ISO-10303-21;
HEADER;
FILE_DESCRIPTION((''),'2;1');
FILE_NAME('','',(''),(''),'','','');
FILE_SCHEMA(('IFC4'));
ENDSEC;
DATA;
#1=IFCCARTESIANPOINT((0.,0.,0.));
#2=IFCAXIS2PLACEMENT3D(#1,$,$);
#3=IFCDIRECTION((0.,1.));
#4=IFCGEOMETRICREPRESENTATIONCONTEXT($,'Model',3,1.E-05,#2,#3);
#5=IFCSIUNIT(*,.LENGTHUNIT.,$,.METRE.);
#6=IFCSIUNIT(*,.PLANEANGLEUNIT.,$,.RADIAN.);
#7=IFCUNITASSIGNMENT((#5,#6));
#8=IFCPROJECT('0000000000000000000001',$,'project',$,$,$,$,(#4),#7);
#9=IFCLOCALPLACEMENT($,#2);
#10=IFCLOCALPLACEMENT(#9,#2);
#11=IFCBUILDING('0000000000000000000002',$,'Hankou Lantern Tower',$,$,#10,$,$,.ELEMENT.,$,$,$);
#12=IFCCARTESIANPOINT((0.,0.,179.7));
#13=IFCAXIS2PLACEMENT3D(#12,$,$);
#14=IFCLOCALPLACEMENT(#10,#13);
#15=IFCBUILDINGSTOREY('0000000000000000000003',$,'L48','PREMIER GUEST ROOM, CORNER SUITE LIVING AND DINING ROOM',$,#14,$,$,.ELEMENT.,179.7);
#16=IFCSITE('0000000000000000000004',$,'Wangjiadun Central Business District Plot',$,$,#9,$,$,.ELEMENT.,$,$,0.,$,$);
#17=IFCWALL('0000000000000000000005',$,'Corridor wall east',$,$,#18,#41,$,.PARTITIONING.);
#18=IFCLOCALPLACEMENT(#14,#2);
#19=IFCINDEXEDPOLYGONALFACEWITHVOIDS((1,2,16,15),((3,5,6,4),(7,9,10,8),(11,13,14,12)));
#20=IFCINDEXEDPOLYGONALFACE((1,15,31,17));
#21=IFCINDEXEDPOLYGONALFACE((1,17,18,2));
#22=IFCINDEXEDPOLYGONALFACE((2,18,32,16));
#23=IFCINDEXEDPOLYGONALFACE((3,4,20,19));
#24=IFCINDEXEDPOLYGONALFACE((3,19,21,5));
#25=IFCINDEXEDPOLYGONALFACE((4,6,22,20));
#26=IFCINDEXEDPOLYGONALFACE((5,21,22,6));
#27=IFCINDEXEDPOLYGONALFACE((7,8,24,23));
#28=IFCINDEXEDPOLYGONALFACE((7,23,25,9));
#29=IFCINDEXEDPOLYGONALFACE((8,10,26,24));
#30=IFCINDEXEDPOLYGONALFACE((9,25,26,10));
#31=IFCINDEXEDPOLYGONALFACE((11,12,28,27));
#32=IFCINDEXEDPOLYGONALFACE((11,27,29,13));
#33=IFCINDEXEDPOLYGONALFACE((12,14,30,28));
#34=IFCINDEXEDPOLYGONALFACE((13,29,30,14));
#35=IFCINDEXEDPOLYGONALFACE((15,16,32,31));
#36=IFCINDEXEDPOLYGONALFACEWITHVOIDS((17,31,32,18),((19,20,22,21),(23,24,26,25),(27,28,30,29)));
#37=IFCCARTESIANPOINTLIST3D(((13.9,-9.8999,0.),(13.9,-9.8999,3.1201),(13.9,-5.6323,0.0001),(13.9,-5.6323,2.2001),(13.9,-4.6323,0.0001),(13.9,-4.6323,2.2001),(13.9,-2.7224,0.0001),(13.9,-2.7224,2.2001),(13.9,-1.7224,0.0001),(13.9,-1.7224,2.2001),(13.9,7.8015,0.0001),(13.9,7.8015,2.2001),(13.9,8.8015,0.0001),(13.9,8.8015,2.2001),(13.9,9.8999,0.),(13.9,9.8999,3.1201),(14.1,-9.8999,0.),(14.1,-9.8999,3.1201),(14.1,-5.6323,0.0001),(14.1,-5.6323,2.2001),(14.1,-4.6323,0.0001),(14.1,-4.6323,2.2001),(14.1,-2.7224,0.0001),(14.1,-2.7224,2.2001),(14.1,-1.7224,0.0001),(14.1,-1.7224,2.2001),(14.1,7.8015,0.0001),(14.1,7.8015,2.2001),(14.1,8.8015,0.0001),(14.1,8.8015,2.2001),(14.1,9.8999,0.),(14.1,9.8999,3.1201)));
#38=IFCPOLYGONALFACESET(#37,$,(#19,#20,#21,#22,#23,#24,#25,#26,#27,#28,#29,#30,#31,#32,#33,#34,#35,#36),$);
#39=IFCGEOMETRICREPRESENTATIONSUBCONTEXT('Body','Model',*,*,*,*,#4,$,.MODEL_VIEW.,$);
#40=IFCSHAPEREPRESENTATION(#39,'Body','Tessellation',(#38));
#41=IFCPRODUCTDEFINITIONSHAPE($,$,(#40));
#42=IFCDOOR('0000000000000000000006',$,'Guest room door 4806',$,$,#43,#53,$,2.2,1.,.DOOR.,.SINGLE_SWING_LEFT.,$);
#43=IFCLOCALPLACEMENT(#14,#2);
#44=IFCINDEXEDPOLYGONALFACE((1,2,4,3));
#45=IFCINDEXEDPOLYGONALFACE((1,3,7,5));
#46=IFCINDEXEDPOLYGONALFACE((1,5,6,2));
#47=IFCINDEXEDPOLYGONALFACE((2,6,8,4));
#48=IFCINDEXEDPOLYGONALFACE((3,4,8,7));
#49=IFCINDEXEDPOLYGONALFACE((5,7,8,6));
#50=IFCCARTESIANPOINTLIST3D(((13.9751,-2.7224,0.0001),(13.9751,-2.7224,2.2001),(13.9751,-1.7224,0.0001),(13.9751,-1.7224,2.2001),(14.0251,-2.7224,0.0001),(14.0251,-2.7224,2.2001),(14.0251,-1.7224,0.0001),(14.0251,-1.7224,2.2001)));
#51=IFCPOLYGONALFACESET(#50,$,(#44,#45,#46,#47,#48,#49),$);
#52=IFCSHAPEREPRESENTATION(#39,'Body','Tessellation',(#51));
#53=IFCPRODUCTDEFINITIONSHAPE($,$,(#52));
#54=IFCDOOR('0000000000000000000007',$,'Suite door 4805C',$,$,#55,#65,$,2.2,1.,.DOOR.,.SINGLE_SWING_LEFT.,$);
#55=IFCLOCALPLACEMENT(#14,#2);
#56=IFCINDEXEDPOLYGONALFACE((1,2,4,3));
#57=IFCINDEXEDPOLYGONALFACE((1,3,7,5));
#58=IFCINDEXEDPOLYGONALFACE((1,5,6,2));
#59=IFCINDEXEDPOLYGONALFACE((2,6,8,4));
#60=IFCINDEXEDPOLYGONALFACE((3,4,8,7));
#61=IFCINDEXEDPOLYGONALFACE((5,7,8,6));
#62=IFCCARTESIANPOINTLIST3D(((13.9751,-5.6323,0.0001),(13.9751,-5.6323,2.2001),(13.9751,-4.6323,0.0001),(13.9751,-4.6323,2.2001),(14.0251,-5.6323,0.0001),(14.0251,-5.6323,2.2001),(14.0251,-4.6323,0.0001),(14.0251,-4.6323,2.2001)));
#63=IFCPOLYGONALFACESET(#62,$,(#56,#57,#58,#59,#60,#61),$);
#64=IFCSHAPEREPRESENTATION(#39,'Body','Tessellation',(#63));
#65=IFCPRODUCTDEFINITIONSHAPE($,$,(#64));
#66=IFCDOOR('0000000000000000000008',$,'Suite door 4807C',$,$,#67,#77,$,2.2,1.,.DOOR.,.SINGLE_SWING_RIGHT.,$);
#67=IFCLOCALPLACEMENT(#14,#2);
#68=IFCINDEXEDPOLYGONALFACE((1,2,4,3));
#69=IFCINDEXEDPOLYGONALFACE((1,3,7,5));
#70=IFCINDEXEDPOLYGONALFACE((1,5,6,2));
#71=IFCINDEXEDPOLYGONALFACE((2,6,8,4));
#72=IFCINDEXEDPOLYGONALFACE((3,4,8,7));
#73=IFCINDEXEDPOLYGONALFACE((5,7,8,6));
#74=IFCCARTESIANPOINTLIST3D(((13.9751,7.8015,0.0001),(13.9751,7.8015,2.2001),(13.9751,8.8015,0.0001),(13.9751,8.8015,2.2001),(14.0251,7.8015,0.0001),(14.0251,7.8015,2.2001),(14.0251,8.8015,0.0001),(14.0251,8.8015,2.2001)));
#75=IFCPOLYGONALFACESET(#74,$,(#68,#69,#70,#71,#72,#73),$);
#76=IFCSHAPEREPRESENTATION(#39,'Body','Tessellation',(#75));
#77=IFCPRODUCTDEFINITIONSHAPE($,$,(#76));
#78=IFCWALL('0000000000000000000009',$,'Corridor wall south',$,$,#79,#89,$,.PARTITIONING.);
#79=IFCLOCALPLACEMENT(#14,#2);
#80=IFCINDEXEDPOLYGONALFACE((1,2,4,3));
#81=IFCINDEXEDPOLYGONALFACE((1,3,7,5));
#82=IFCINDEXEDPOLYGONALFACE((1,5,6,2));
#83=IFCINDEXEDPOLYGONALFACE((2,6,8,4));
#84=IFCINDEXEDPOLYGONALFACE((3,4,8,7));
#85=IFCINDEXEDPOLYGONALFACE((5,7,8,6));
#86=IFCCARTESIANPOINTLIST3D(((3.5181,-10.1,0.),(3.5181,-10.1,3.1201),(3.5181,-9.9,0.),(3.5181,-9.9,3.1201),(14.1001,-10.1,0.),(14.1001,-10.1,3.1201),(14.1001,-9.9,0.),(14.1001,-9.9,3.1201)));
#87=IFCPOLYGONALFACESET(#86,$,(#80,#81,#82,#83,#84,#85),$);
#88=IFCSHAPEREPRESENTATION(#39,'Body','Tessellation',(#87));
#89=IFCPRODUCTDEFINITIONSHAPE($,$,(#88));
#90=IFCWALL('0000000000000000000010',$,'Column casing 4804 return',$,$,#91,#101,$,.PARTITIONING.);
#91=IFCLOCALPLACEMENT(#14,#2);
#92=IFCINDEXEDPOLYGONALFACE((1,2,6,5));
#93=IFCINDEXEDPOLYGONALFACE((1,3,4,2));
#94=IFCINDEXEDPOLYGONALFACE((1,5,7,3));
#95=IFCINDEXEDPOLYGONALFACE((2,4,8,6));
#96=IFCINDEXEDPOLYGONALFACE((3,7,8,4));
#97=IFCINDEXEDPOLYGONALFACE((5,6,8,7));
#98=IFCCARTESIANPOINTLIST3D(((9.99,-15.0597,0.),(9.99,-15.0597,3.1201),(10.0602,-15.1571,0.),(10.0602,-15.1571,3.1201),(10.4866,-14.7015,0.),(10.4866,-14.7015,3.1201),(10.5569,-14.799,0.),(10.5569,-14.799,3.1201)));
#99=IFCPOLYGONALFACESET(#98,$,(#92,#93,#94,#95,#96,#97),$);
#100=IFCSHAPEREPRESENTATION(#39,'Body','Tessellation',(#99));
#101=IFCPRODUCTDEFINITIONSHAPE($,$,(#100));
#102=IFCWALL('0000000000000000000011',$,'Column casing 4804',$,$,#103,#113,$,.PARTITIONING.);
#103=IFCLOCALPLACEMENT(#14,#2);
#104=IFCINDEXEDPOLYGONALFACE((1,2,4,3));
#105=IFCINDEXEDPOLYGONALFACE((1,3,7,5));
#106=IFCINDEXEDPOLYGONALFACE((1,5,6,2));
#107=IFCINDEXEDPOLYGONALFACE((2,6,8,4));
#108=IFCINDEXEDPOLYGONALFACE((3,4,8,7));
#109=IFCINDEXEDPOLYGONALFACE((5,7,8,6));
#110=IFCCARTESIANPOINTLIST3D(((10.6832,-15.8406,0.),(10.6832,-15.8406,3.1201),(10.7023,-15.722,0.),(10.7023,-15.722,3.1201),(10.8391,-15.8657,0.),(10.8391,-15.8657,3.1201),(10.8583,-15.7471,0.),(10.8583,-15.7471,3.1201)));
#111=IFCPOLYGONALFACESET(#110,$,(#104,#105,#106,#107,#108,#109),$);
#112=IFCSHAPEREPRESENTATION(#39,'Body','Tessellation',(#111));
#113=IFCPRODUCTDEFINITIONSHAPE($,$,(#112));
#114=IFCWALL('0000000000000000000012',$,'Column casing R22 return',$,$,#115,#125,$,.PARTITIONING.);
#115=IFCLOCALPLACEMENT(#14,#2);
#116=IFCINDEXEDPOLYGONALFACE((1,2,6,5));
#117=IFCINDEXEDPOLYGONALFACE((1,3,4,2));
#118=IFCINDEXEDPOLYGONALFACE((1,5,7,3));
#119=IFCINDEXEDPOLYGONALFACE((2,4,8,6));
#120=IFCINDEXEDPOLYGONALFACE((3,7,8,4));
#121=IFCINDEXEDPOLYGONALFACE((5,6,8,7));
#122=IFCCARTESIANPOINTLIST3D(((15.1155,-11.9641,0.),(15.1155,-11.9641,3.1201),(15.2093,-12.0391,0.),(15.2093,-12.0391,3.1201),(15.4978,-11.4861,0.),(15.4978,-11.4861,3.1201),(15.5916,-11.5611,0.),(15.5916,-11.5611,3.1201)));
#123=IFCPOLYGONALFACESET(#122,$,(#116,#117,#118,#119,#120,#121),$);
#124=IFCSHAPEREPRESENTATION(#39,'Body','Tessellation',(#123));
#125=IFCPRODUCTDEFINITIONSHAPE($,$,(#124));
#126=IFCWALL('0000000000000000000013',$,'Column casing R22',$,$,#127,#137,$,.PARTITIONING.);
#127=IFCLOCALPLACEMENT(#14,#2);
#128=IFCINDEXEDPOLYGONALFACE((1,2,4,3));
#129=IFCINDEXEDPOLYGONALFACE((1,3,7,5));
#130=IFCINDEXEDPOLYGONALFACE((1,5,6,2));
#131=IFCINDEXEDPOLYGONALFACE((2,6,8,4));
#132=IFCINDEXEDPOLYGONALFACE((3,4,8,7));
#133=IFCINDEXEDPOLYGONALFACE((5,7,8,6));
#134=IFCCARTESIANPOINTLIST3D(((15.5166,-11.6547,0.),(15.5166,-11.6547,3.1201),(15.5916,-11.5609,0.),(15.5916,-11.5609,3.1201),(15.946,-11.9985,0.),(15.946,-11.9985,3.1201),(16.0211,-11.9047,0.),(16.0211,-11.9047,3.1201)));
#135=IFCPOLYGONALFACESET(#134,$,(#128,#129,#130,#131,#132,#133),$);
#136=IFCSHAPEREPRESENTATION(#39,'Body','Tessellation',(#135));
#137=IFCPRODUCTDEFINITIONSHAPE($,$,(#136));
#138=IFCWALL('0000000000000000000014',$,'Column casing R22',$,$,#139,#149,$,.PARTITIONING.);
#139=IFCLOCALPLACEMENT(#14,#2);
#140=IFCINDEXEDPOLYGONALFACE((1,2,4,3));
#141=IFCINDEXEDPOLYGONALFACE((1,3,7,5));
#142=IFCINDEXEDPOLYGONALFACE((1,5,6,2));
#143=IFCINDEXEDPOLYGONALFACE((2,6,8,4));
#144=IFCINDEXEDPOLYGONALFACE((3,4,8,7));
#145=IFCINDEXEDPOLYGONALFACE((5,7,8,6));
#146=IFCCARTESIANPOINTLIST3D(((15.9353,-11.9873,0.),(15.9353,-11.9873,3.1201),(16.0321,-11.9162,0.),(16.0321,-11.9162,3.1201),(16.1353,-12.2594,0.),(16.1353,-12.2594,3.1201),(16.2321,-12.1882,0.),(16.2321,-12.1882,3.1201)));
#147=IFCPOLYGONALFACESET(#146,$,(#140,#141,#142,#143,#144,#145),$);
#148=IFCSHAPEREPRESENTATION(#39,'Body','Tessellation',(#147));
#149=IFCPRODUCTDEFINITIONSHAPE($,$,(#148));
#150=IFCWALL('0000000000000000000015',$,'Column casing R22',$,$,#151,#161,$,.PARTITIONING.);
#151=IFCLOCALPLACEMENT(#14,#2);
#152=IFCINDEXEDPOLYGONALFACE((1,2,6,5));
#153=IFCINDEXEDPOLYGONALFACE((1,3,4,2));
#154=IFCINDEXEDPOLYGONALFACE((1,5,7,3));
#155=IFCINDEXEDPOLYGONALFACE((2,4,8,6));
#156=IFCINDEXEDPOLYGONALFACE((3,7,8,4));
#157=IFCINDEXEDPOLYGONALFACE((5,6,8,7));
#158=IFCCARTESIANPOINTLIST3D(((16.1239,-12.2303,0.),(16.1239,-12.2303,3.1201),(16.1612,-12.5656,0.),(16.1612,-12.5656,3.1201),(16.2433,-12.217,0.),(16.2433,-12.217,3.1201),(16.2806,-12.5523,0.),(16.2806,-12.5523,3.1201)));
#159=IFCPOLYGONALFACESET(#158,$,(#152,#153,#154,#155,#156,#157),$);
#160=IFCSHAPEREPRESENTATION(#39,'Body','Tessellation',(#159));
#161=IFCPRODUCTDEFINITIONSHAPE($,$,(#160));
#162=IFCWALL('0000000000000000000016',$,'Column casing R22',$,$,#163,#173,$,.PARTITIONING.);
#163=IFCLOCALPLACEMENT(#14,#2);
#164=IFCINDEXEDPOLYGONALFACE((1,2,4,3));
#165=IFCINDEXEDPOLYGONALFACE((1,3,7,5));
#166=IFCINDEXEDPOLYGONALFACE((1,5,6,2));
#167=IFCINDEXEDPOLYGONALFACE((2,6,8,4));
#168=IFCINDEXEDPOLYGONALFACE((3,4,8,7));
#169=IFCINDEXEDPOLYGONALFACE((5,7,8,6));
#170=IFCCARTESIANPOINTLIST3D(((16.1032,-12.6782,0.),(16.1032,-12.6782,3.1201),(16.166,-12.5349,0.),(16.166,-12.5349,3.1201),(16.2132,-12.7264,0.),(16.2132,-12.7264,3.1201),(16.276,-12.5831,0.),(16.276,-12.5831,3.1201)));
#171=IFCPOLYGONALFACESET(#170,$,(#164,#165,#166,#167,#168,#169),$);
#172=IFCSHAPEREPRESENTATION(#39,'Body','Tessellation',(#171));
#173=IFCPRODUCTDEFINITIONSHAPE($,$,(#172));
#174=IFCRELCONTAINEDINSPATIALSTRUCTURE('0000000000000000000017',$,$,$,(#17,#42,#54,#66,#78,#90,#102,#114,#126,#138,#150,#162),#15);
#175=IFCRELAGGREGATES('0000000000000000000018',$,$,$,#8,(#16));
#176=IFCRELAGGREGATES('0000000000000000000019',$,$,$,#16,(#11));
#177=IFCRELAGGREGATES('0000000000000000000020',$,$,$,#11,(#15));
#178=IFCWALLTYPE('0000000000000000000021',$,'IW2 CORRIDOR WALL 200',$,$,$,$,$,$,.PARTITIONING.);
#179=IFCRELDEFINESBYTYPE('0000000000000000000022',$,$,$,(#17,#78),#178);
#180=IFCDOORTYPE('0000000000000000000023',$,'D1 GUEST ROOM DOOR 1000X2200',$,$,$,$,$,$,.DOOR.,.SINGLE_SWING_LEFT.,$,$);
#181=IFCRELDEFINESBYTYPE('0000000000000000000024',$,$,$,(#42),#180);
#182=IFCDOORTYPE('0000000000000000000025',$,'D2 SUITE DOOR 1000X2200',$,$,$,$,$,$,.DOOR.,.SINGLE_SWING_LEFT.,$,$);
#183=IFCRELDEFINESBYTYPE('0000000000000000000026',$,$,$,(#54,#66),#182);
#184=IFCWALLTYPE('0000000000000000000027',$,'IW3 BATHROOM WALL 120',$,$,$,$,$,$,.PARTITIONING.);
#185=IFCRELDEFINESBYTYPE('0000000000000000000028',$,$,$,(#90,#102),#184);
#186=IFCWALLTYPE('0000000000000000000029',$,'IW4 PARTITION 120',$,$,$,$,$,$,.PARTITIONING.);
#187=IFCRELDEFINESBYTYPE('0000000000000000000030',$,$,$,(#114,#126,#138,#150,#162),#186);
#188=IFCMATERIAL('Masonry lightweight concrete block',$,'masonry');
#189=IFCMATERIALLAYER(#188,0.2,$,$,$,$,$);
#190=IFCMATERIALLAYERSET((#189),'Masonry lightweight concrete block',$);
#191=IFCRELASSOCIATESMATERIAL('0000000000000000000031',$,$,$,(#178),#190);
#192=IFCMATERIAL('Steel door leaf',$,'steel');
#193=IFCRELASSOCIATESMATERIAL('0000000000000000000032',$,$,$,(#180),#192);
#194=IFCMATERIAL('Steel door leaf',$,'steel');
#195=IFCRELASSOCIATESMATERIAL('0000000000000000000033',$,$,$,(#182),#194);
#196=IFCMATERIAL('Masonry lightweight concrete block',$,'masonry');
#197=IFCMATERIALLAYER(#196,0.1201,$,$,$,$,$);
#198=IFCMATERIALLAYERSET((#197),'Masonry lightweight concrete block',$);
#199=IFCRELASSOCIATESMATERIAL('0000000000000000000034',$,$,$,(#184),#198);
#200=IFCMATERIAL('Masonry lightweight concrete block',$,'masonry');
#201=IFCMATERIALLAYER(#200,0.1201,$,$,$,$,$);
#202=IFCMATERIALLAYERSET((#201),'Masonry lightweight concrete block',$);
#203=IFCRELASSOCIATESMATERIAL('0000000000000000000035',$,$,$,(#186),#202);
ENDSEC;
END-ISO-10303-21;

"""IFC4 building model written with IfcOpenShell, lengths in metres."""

from ifc_helpers import new_model, si_unit, direction, frame, frame_2d, origin, place, context, subcontext, project, spatial, rectangle, extrude, material, layer, layer_set, type_object, element, fill, save


model = new_model("IFC4")

# Units and contexts
model_context = context("Model", 3, precision=1e-05, world=origin(), true_north=direction((0.0, 1.0)))
body_context = subcontext(model_context, "Body", "Model", "MODEL_VIEW")
ifc_project = project(units=[si_unit("LENGTHUNIT", "METRE"), si_unit("PLANEANGLEUNIT", "RADIAN")], contexts=[model_context])

# Site, building, storey
site_placement = place(None, origin())
site = spatial("IfcSite", under=ifc_project, at=site_placement, Name="Wangjiadun Central Business District Plot", CompositionType="ELEMENT", RefElevation=0.0)
building_placement = place(site_placement, origin())
building = spatial("IfcBuilding", under=site, at=building_placement, Name="Hankou Lantern Tower", CompositionType="ELEMENT")
storey_placement = place(building_placement, frame((0.0, 0.0, 179.7)))
storey = spatial("IfcBuildingStorey", under=building, at=storey_placement, Name="L48", Description="PREMIER GUEST ROOM, CORNER SUITE LIVING AND DINING ROOM", CompositionType="ELEMENT", Elevation=179.7)

# Wall, openings, doors
ifc_material_1 = material(Name="Masonry lightweight concrete block", Category="masonry")
ifc_layer_1 = layer(ifc_material_1, 0.2)
ifc_layer_set_1 = layer_set([ifc_layer_1], Name="Masonry lightweight concrete block")
wall_type_1 = type_object("IfcWallType", Name="IW2 CORRIDOR WALL 200", PredefinedType="PARTITIONING", material=ifc_layer_set_1)
wall_1_placement = place(storey_placement, frame((14.0, -9.8999, 0.0), z_axis=(0.0, 0.0, 1.0), x_axis=(0.0, 1.0, 0.0)))
wall_1 = element("IfcWall", 1, at=wall_1_placement, inside=storey, type_object=wall_type_1, Name="Corridor wall east", PredefinedType="PARTITIONING", context=body_context, shape_type="SweptSolid", body=[
    extrude(rectangle(XDim=19.7998, YDim=0.2, at=frame_2d((9.8999, 0.0))), origin(), (0.0, 0.0, 1.0), 3.1201),
])
opening_1_placement = place(wall_1_placement, frame((4.2676, 0.0, 0.0)))
opening_1 = element("IfcOpeningElement", 2, at=opening_1_placement, cuts=wall_1, PredefinedType="OPENING", context=body_context, shape_type="SweptSolid", body=[
    extrude(rectangle(XDim=1.0, YDim=2.2, at=frame_2d((0.5, 1.1001))), frame((0.0, 0.1099, 0.0), z_axis=(0.0, -1.0, 0.0), x_axis=(1.0, 0.0, 0.0)), (0.0, 0.0, 1.0), 0.22),
])
opening_2_placement = place(wall_1_placement, frame((7.1775, 0.0, 0.0)))
opening_2 = element("IfcOpeningElement", 3, at=opening_2_placement, cuts=wall_1, PredefinedType="OPENING", context=body_context, shape_type="SweptSolid", body=[
    extrude(rectangle(XDim=1.0, YDim=2.2, at=frame_2d((0.5, 1.1001))), frame((0.0, 0.1099, 0.0), z_axis=(0.0, -1.0, 0.0), x_axis=(1.0, 0.0, 0.0)), (0.0, 0.0, 1.0), 0.22),
])
opening_3_placement = place(wall_1_placement, frame((17.7014, 0.0, 0.0)))
opening_3 = element("IfcOpeningElement", 4, at=opening_3_placement, cuts=wall_1, PredefinedType="OPENING", context=body_context, shape_type="SweptSolid", body=[
    extrude(rectangle(XDim=1.0, YDim=2.2, at=frame_2d((0.5, 1.1001))), frame((0.0, 0.1099, 0.0), z_axis=(0.0, -1.0, 0.0), x_axis=(1.0, 0.0, 0.0)), (0.0, 0.0, 1.0), 0.22),
])
ifc_material_2 = material(Name="Steel door leaf", Category="steel")
door_type_1 = type_object("IfcDoorType", Name="D1 GUEST ROOM DOOR 1000X2200", OperationType="SINGLE_SWING_LEFT", PredefinedType="DOOR", material=ifc_material_2)
door_1_placement = place(opening_2_placement, origin())
door_1 = element("IfcDoor", 5, at=door_1_placement, inside=storey, type_object=door_type_1, Name="Guest room door 4806", OperationType="SINGLE_SWING_LEFT", OverallHeight=2.2, OverallWidth=1.0, PredefinedType="DOOR", context=body_context, shape_type="SweptSolid", body=[
    extrude(rectangle(XDim=1.0, YDim=2.2, at=frame_2d((0.5, 1.1001))), frame((0.0, 0.0249, 0.0), z_axis=(0.0, -1.0, 0.0), x_axis=(1.0, 0.0, 0.0)), (0.0, 0.0, 1.0), 0.05),
])
fill(opening_2, door_1)
ifc_material_3 = material(Name="Steel door leaf", Category="steel")
door_type_2 = type_object("IfcDoorType", Name="D2 SUITE DOOR 1000X2200", OperationType="SINGLE_SWING_LEFT", PredefinedType="DOOR", material=ifc_material_3)
door_2_placement = place(opening_1_placement, origin())
door_2 = element("IfcDoor", 6, at=door_2_placement, inside=storey, type_object=door_type_2, Name="Suite door 4805C", OperationType="SINGLE_SWING_LEFT", OverallHeight=2.2, OverallWidth=1.0, PredefinedType="DOOR", context=body_context, shape_type="SweptSolid", body=[
    extrude(rectangle(XDim=1.0, YDim=2.2, at=frame_2d((0.5, 1.1001))), frame((0.0, 0.0249, 0.0), z_axis=(0.0, -1.0, 0.0), x_axis=(1.0, 0.0, 0.0)), (0.0, 0.0, 1.0), 0.05),
])
fill(opening_1, door_2)
door_3_placement = place(opening_3_placement, origin())
door_3 = element("IfcDoor", 7, at=door_3_placement, inside=storey, type_object=door_type_2, Name="Suite door 4807C", OperationType="SINGLE_SWING_RIGHT", OverallHeight=2.2, OverallWidth=1.0, PredefinedType="DOOR", context=body_context, shape_type="SweptSolid", body=[
    extrude(rectangle(XDim=1.0, YDim=2.2, at=frame_2d((0.5, 1.1001))), frame((0.0, 0.0249, 0.0), z_axis=(0.0, -1.0, 0.0), x_axis=(1.0, 0.0, 0.0)), (0.0, 0.0, 1.0), 0.05),
])
fill(opening_3, door_3)

# Walls
wall_2_placement = place(storey_placement, frame((14.1001, -10.0, 0.0), z_axis=(0.0, 0.0, 1.0), x_axis=(-1.0, 0.0, 0.0)))
element("IfcWall", 8, at=wall_2_placement, inside=storey, type_object=wall_type_1, Name="Corridor wall south", PredefinedType="PARTITIONING", context=body_context, shape_type="SweptSolid", body=[
    extrude(rectangle(XDim=10.582, YDim=0.2, at=frame_2d((5.291, 0.0))), origin(), (0.0, 0.0, 1.0), 3.1201),
])
ifc_material_4 = material(Name="Masonry lightweight concrete block", Category="masonry")
ifc_layer_2 = layer(ifc_material_4, 0.1201)
ifc_layer_set_2 = layer_set([ifc_layer_2], Name="Masonry lightweight concrete block")
wall_type_2 = type_object("IfcWallType", Name="IW3 BATHROOM WALL 120", PredefinedType="PARTITIONING", material=ifc_layer_set_2)
wall_3_placement = place(storey_placement, frame((10.5217, -14.7502, 0.0), z_axis=(0.0, 0.0, 1.0), x_axis=(-0.811058, -0.584966, 0.0)))
element("IfcWall", 9, at=wall_3_placement, inside=storey, type_object=wall_type_2, Name="Column casing 4804 return", PredefinedType="PARTITIONING", context=body_context, shape_type="SweptSolid", body=[
    extrude(rectangle(XDim=0.6123, YDim=0.1201, at=frame_2d((0.3062, 0.0))), origin(), (0.0, 0.0, 1.0), 3.1201),
])
wall_4_placement = place(storey_placement, frame((10.6926, -15.7812, 0.0), z_axis=(0.0, 0.0, 1.0), x_axis=(0.987257, -0.159135, 0.0)))
element("IfcWall", 10, at=wall_4_placement, inside=storey, type_object=wall_type_2, Name="Column casing 4804", PredefinedType="PARTITIONING", context=body_context, shape_type="SweptSolid", body=[
    extrude(rectangle(XDim=0.158, YDim=0.1201, at=frame_2d((0.0791, 0.0))), origin(), (0.0, 0.0, 1.0), 3.1201),
])
ifc_material_5 = material(Name="Masonry lightweight concrete block", Category="masonry")
ifc_layer_3 = layer(ifc_material_5, 0.1201)
ifc_layer_set_3 = layer_set([ifc_layer_3], Name="Masonry lightweight concrete block")
wall_type_3 = type_object("IfcWallType", Name="IW4 PARTITION 120", PredefinedType="PARTITIONING", material=ifc_layer_set_3)
wall_5_placement = place(storey_placement, frame((15.1624, -12.0017, 0.0), z_axis=(0.0, 0.0, 1.0), x_axis=(0.624598, 0.780947, 0.0)))
element("IfcWall", 11, at=wall_5_placement, inside=storey, type_object=wall_type_3, Name="Column casing R22 return", PredefinedType="PARTITIONING", context=body_context, shape_type="SweptSolid", body=[
    extrude(rectangle(XDim=0.6121, YDim=0.1201, at=frame_2d((0.3062, 0.0))), origin(), (0.0, 0.0, 1.0), 3.1201),
])
wall_6_placement = place(storey_placement, frame((15.5542, -11.6079, 0.0), z_axis=(0.0, 0.0, 1.0), x_axis=(0.780696, -0.624912, 0.0)))
element("IfcWall", 12, at=wall_6_placement, inside=storey, type_object=wall_type_3, Name="Column casing R22", PredefinedType="PARTITIONING", context=body_context, shape_type="SweptSolid", body=[
    extrude(rectangle(XDim=0.55, YDim=0.1201, at=frame_2d((0.2749, 0.0))), origin(), (0.0, 0.0, 1.0), 3.1201),
])
wall_7_placement = place(storey_placement, frame((15.9836, -11.9517, 0.0), z_axis=(0.0, 0.0, 1.0), x_axis=(0.592335, -0.805692, 0.0)))
element("IfcWall", 13, at=wall_7_placement, inside=storey, type_object=wall_type_3, Name="Column casing R22", PredefinedType="PARTITIONING", context=body_context, shape_type="SweptSolid", body=[
    extrude(rectangle(XDim=0.3376, YDim=0.1201, at=frame_2d((0.1689, 0.0))), origin(), (0.0, 0.0, 1.0), 3.1201),
])
wall_8_placement = place(storey_placement, frame((16.1836, -12.2236, 0.0), z_axis=(0.0, 0.0, 1.0), x_axis=(0.11067, -0.993857, 0.0)))
element("IfcWall", 14, at=wall_8_placement, inside=storey, type_object=wall_type_3, Name="Column casing R22", PredefinedType="PARTITIONING", context=body_context, shape_type="SweptSolid", body=[
    extrude(rectangle(XDim=0.3374, YDim=0.1201, at=frame_2d((0.1687, 0.0))), origin(), (0.0, 0.0, 1.0), 3.1201),
])
wall_9_placement = place(storey_placement, frame((16.2209, -12.5591, 0.0), z_axis=(0.0, 0.0, 1.0), x_axis=(-0.401064, -0.91605, 0.0)))
element("IfcWall", 15, at=wall_9_placement, inside=storey, type_object=wall_type_3, Name="Column casing R22", PredefinedType="PARTITIONING", context=body_context, shape_type="SweptSolid", body=[
    extrude(rectangle(XDim=0.1565, YDim=0.1201, at=frame_2d((0.0781, 0.0))), origin(), (0.0, 0.0, 1.0), 3.1201),
])

save(model, "model.ifc")
